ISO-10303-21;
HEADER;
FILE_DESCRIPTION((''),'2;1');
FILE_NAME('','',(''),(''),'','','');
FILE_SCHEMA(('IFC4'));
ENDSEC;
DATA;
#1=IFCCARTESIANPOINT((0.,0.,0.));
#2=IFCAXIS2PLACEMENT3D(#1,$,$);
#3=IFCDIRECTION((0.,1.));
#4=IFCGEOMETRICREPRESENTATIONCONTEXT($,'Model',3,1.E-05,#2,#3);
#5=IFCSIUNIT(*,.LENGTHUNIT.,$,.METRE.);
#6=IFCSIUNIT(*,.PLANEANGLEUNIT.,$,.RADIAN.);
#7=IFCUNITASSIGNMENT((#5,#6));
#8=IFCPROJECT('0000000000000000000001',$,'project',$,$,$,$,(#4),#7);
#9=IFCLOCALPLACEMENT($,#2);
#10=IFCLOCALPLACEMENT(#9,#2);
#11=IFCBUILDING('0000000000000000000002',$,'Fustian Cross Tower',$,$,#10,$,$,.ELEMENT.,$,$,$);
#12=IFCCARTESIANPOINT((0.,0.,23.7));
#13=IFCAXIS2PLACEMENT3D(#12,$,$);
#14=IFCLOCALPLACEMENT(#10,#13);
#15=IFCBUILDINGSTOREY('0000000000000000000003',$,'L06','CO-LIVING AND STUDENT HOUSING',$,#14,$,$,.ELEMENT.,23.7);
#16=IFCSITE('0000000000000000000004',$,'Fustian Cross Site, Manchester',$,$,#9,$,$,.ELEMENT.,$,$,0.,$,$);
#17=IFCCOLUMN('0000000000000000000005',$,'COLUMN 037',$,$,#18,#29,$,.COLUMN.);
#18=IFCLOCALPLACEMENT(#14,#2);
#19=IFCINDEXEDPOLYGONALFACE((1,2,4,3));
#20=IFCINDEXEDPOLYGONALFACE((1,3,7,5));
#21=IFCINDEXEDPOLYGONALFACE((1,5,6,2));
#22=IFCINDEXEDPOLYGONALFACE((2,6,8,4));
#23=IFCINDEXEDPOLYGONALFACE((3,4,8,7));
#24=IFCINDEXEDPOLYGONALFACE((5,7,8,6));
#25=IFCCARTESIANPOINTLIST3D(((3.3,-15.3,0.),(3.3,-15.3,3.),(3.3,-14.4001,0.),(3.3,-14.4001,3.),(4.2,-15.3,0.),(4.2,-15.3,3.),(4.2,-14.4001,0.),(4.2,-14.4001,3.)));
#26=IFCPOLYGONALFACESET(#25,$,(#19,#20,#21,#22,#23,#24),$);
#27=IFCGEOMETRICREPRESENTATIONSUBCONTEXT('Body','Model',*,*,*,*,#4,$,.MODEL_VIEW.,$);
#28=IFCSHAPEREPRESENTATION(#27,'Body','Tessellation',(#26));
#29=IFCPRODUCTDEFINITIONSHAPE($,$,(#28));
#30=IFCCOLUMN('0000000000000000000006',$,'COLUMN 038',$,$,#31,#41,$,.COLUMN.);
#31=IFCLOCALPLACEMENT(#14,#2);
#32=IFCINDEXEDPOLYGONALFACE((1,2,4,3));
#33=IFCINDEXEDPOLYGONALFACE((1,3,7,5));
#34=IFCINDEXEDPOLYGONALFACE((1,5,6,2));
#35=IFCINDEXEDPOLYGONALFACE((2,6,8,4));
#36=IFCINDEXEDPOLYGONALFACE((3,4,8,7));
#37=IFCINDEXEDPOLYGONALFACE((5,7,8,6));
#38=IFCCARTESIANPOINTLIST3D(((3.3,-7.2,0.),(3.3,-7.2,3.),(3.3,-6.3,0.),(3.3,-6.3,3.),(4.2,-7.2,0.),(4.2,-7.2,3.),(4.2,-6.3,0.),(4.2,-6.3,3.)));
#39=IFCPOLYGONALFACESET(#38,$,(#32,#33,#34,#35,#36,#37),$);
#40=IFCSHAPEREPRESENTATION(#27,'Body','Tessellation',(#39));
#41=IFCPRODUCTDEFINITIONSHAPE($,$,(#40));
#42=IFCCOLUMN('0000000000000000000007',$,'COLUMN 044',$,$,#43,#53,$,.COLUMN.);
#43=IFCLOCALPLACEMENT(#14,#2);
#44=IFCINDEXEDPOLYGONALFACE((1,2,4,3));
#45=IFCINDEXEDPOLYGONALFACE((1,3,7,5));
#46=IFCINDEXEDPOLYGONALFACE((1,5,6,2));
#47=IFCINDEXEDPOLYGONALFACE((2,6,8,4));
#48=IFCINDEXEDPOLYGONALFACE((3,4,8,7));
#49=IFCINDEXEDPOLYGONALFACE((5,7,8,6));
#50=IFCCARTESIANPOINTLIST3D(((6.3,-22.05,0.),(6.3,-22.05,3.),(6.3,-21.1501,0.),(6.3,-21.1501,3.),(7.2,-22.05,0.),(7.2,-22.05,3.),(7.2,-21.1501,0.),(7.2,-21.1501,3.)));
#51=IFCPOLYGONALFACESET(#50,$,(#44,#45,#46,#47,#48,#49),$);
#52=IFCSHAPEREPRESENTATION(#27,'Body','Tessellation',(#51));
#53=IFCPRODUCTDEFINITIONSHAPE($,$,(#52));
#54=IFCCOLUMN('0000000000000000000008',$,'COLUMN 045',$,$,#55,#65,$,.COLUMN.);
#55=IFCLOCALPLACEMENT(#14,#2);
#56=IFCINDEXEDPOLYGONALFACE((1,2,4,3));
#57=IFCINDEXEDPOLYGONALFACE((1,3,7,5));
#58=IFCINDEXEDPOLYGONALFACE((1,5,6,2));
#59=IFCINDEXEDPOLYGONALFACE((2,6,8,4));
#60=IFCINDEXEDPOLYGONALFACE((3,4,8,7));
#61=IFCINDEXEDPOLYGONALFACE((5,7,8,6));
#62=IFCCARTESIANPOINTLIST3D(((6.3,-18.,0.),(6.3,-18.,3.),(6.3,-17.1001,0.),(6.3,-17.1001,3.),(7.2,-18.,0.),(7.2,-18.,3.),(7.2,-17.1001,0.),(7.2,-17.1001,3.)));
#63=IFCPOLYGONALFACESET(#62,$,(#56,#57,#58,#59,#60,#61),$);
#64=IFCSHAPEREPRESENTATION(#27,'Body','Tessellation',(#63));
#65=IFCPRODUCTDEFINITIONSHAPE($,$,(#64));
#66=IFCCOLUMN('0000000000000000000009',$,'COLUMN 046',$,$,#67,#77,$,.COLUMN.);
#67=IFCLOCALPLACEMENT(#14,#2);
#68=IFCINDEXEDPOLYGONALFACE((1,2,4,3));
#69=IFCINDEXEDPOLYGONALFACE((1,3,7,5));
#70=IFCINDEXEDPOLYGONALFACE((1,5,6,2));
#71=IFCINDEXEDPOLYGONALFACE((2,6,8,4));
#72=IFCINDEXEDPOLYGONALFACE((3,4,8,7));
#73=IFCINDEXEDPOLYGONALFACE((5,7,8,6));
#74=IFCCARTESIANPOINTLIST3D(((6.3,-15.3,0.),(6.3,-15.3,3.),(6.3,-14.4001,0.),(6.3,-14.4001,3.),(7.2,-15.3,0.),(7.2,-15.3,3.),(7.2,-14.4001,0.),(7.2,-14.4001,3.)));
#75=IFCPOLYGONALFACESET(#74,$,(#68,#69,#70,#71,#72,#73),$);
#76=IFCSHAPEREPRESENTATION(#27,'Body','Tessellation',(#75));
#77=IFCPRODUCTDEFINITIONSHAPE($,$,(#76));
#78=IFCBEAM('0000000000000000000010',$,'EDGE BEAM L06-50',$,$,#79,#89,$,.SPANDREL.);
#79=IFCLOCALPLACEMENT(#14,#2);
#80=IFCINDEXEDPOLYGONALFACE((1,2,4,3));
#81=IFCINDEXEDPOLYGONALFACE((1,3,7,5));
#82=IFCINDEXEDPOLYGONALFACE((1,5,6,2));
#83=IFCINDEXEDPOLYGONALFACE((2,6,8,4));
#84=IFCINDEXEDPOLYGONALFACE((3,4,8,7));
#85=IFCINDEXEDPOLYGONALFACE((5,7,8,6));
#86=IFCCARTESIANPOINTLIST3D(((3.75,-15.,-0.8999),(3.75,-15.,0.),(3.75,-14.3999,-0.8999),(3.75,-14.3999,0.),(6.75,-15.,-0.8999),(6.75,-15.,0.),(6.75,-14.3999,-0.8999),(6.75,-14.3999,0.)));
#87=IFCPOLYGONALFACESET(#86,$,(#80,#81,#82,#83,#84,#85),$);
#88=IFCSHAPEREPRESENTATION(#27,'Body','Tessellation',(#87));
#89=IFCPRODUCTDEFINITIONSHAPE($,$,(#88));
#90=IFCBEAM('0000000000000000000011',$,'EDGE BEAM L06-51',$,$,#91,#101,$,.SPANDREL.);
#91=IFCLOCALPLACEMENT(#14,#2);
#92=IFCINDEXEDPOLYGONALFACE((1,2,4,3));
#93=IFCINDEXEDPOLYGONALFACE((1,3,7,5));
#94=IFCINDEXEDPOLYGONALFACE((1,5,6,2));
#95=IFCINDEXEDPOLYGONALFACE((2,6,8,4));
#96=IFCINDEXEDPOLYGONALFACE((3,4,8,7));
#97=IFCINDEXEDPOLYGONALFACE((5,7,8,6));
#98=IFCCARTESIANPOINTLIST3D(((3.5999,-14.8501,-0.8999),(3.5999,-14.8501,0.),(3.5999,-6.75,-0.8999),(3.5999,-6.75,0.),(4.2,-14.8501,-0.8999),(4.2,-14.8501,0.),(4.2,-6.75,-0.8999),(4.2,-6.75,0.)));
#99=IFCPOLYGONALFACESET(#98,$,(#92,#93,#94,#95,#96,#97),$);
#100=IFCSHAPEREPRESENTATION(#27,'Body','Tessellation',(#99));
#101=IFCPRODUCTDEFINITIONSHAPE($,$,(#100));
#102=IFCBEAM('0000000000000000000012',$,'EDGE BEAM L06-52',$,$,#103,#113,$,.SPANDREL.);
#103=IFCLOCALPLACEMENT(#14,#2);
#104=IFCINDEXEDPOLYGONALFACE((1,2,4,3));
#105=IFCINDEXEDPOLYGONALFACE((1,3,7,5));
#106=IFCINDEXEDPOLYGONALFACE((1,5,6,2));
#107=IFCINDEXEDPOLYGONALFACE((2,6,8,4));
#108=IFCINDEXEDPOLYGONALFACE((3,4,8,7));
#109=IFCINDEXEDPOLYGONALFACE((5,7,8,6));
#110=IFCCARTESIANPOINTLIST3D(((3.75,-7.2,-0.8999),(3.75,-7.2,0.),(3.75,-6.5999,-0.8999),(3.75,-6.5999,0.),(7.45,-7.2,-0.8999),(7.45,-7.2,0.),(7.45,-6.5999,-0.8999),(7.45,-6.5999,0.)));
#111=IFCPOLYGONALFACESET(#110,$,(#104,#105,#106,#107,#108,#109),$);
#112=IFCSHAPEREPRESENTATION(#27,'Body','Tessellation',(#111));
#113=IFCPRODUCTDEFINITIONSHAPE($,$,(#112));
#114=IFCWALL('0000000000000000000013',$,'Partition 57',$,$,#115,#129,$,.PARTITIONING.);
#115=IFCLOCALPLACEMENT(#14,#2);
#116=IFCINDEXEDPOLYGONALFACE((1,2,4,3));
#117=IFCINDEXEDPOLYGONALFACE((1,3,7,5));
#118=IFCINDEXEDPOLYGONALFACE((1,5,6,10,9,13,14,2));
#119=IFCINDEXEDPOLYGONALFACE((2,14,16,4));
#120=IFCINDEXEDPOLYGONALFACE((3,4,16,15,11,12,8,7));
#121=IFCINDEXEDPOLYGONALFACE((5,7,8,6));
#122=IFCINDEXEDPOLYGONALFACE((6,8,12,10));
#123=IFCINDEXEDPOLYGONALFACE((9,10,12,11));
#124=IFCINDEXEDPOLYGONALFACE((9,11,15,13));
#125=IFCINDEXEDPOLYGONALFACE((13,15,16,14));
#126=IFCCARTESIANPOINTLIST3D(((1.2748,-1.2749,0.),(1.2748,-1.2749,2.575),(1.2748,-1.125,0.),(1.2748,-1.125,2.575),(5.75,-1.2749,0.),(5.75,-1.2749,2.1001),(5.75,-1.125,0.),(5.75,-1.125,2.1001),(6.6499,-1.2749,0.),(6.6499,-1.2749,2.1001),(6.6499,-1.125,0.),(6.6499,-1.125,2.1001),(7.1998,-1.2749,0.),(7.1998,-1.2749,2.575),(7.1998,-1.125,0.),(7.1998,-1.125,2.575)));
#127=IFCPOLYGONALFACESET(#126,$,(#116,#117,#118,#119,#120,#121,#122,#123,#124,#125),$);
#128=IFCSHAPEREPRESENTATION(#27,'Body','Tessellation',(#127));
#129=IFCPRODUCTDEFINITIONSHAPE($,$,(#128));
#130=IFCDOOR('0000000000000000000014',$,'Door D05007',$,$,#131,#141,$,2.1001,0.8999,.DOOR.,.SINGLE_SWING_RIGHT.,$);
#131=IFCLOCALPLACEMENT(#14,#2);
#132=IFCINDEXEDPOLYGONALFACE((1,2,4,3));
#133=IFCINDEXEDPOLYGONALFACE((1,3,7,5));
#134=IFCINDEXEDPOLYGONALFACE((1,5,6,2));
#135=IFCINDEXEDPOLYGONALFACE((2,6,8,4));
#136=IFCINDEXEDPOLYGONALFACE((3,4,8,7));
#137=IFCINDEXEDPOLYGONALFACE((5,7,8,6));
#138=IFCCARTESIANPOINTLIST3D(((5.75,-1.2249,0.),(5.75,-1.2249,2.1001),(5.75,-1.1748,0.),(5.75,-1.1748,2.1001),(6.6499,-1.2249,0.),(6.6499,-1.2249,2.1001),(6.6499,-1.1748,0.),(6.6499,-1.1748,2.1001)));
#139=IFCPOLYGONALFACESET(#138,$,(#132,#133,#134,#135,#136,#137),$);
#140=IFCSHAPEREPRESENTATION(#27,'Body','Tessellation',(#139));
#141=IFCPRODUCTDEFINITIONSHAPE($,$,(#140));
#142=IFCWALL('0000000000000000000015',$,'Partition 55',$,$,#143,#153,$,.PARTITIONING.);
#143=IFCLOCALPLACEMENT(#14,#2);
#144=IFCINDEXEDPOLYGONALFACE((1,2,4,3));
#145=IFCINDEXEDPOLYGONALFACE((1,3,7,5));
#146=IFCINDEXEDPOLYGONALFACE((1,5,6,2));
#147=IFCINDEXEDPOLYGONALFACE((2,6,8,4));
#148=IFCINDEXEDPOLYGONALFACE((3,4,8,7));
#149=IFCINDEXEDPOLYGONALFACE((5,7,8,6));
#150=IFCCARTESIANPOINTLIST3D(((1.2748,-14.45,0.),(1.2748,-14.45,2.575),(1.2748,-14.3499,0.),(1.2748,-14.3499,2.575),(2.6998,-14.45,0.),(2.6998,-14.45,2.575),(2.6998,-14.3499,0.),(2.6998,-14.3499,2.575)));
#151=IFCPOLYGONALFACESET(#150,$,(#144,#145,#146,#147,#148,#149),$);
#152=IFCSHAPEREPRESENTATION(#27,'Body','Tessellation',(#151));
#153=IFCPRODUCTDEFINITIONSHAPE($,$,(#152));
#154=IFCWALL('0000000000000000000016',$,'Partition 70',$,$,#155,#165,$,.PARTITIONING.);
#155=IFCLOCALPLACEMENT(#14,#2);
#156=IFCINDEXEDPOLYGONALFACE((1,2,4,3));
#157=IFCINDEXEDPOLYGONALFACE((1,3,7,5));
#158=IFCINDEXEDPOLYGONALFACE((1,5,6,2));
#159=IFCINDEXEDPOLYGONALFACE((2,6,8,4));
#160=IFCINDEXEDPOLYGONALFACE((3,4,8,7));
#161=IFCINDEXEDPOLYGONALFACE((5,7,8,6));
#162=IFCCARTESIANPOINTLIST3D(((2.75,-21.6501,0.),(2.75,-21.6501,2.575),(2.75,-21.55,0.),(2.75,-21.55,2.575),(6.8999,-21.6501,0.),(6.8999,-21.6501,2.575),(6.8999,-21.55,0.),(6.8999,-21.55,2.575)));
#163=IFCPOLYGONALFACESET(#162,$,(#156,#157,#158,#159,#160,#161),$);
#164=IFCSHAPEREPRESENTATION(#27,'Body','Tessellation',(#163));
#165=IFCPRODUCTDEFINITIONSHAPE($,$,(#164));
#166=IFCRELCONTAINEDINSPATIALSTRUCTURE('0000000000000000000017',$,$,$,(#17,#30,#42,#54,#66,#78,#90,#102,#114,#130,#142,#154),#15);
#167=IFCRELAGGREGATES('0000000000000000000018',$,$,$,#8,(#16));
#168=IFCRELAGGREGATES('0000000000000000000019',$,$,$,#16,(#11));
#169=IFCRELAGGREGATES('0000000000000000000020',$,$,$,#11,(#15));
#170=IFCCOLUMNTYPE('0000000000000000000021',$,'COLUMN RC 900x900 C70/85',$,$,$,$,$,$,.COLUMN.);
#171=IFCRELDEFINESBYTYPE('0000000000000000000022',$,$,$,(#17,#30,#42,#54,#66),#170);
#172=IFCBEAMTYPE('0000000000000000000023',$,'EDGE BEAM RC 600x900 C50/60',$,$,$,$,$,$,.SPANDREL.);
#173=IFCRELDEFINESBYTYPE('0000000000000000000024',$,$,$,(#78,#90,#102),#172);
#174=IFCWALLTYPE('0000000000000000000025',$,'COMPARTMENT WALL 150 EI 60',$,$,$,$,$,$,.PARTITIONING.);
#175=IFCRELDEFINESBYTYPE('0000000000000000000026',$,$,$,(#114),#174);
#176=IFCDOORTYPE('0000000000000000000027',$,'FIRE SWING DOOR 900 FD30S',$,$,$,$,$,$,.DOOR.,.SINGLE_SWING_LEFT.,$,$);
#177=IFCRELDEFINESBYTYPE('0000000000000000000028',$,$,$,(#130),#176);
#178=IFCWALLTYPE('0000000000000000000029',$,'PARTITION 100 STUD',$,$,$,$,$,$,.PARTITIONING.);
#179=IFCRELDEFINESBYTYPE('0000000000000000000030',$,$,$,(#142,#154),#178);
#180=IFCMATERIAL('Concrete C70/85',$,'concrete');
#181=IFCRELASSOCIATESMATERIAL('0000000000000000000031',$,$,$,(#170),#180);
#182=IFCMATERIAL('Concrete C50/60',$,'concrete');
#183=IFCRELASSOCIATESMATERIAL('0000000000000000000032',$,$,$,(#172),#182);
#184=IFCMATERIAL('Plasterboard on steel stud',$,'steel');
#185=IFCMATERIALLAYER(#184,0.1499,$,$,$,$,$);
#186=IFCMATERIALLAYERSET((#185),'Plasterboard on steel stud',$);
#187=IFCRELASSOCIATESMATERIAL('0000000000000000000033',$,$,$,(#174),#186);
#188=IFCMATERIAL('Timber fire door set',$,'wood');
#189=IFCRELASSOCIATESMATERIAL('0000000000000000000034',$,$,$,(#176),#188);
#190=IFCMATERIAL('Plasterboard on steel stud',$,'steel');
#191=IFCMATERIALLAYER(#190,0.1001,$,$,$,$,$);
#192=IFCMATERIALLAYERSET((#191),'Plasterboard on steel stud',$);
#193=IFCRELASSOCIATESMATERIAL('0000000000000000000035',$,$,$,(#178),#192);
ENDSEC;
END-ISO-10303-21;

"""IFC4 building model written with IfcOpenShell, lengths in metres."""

from ifc_helpers import new_model, si_unit, direction, frame, frame_2d, origin, origin_2d, place, context, subcontext, project, spatial, rectangle, extrude, material, layer, layer_set, material_profile, profile_set, type_object, element, fill, save


model = new_model("IFC4")

# Units and contexts
model_context = context("Model", 3, precision=1e-05, world=origin(), true_north=direction((0.0, 1.0)))
body_context = subcontext(model_context, "Body", "Model", "MODEL_VIEW")
ifc_project = project(units=[si_unit("LENGTHUNIT", "METRE"), si_unit("PLANEANGLEUNIT", "RADIAN")], contexts=[model_context])

# Site, building, storey
site_placement = place(None, origin())
site = spatial("IfcSite", under=ifc_project, at=site_placement, Name="Fustian Cross Site, Manchester", CompositionType="ELEMENT", RefElevation=0.0)
building_placement = place(site_placement, origin())
building = spatial("IfcBuilding", under=site, at=building_placement, Name="Fustian Cross Tower", CompositionType="ELEMENT")
storey_placement = place(building_placement, frame((0.0, 0.0, 23.7)))
storey = spatial("IfcBuildingStorey", under=building, at=storey_placement, Name="L06", Description="CO-LIVING AND STUDENT HOUSING", CompositionType="ELEMENT", Elevation=23.7)

# Columns
ifc_material_1 = material(Name="Concrete C70/85", Category="concrete")
ifc_material_profile_1 = material_profile(ifc_material_1, rectangle(XDim=0.8999, YDim=0.8999, at=origin_2d()), Name="RC 900x900")
ifc_profile_set_1 = profile_set([ifc_material_profile_1], Name="Concrete C70/85")
column_type = type_object("IfcColumnType", Name="COLUMN RC 900x900 C70/85", PredefinedType="COLUMN", material=ifc_profile_set_1)
for number, where, z_axis, x_axis, name in (
    (1, (3.75, -14.8501, 0.0), (0.0, 0.0, 1.0), (1.0, 0.0, 0.0), "COLUMN 037"),
    (2, (3.75, -6.75, 0.0), (0.0, 0.0, 1.0), (1.0, 0.0, 0.0), "COLUMN 038"),
    (3, (6.75, -21.6001, 0.0), (0.0, 0.0, 1.0), (1.0, 0.0, 0.0), "COLUMN 044"),
    (4, (6.75, -17.55, 0.0), (0.0, 0.0, 1.0), (1.0, 0.0, 0.0), "COLUMN 045"),
    (5, (6.75, -14.8501, 0.0), (0.0, 0.0, 1.0), (1.0, 0.0, 0.0), "COLUMN 046"),
):
    element("IfcColumn", number, at=place(storey_placement, frame(where, z_axis=z_axis, x_axis=x_axis)), inside=storey, type_object=column_type, Name=name, PredefinedType="COLUMN", context=body_context, shape_type="SweptSolid", body=[
        extrude(rectangle(XDim=0.8999, YDim=0.8999, at=origin_2d()), origin(), (0.0, 0.0, 1.0), 3.0),
    ])

# Beams
ifc_material_2 = material(Name="Concrete C50/60", Category="concrete")
ifc_material_profile_2 = material_profile(ifc_material_2, rectangle(XDim=0.6001, YDim=0.8999, at=origin_2d()), Name="RC 600x900")
ifc_profile_set_2 = profile_set([ifc_material_profile_2], Name="Concrete C50/60")
beam_type = type_object("IfcBeamType", Name="EDGE BEAM RC 600x900 C50/60", PredefinedType="SPANDREL", material=ifc_profile_set_2)
beam_1_placement = place(storey_placement, frame((6.75, -14.7, -0.45), z_axis=(-1.0, 0.0, 0.0), x_axis=(0.0, -1.0, 0.0)))
element("IfcBeam", 6, at=beam_1_placement, inside=storey, type_object=beam_type, Name="EDGE BEAM L06-50", PredefinedType="SPANDREL", context=body_context, shape_type="SweptSolid", body=[
    extrude(rectangle(XDim=0.6001, YDim=0.8999, at=origin_2d()), origin(), (0.0, 0.0, 1.0), 3.0),
])
beam_2_placement = place(storey_placement, frame((3.8999, -14.8501, -0.45), z_axis=(0.0, 1.0, 0.0), x_axis=(-1.0, 0.0, 0.0)))
element("IfcBeam", 7, at=beam_2_placement, inside=storey, type_object=beam_type, Name="EDGE BEAM L06-51", PredefinedType="SPANDREL", context=body_context, shape_type="SweptSolid", body=[
    extrude(rectangle(XDim=0.6001, YDim=0.8999, at=origin_2d()), origin(), (0.0, 0.0, 1.0), 8.1001),
])
beam_3_placement = place(storey_placement, frame((3.75, -6.8999, -0.45), z_axis=(1.0, 0.0, 0.0), x_axis=(0.0, 1.0, 0.0)))
element("IfcBeam", 8, at=beam_3_placement, inside=storey, type_object=beam_type, Name="EDGE BEAM L06-52", PredefinedType="SPANDREL", context=body_context, shape_type="SweptSolid", body=[
    extrude(rectangle(XDim=0.6001, YDim=0.8999, at=origin_2d()), origin(), (0.0, 0.0, 1.0), 3.7),
])

# Wall, opening, door
ifc_material_3 = material(Name="Plasterboard on steel stud", Category="steel")
ifc_layer_1 = layer(ifc_material_3, 0.1499)
ifc_layer_set_1 = layer_set([ifc_layer_1], Name="Plasterboard on steel stud")
wall_type_1 = type_object("IfcWallType", Name="COMPARTMENT WALL 150 EI 60", PredefinedType="PARTITIONING", material=ifc_layer_set_1)
wall_1_placement = place(storey_placement, frame((1.2749, -1.2, 0.0), z_axis=(0.0, 0.0, 1.0), x_axis=(1.0, 0.0, 0.0)))
wall_1 = element("IfcWall", 9, at=wall_1_placement, inside=storey, type_object=wall_type_1, Name="Partition 57", PredefinedType="PARTITIONING", context=body_context, shape_type="SweptSolid", body=[
    extrude(rectangle(XDim=5.925, YDim=0.1499, at=frame_2d((2.9624, 0.0))), origin(), (0.0, 0.0, 1.0), 2.575),
])
opening_1_placement = place(wall_1_placement, frame((4.4751, 0.0, 0.0)))
opening_1 = element("IfcOpeningElement", 10, at=opening_1_placement, cuts=wall_1, PredefinedType="OPENING", context=body_context, shape_type="SweptSolid", body=[
    extrude(rectangle(XDim=0.8999, YDim=2.1001, at=frame_2d((0.45, 1.05))), frame((0.0, 0.085, 0.0), z_axis=(0.0, -1.0, 0.0), x_axis=(1.0, 0.0, 0.0)), (0.0, 0.0, 1.0), 0.1699),
])
ifc_material_4 = material(Name="Timber fire door set", Category="wood")
door_type_1 = type_object("IfcDoorType", Name="FIRE SWING DOOR 900 FD30S", OperationType="SINGLE_SWING_LEFT", PredefinedType="DOOR", material=ifc_material_4)
door_1_placement = place(opening_1_placement, frame((0.8999, 0.0, 0.0), z_axis=(0.0, 0.0, 1.0), x_axis=(-1.0, 0.0, 0.0)))
door_1 = element("IfcDoor", 11, at=door_1_placement, inside=storey, type_object=door_type_1, Name="Door D05007", OperationType="SINGLE_SWING_RIGHT", OverallHeight=2.1001, OverallWidth=0.8999, PredefinedType="DOOR", context=body_context, shape_type="SweptSolid", body=[
    extrude(rectangle(XDim=0.8999, YDim=2.1001, at=frame_2d((0.45, 1.05))), frame((0.0, 0.0249, 0.0), z_axis=(0.0, -1.0, 0.0), x_axis=(1.0, 0.0, 0.0)), (0.0, 0.0, 1.0), 0.05),
])
fill(opening_1, door_1)

# Walls
ifc_material_5 = material(Name="Plasterboard on steel stud", Category="steel")
ifc_layer_2 = layer(ifc_material_5, 0.1001)
ifc_layer_set_2 = layer_set([ifc_layer_2], Name="Plasterboard on steel stud")
wall_type_2 = type_object("IfcWallType", Name="PARTITION 100 STUD", PredefinedType="PARTITIONING", material=ifc_layer_set_2)
wall_2_placement = place(storey_placement, frame((1.2749, -14.3999, 0.0), z_axis=(0.0, 0.0, 1.0), x_axis=(1.0, 0.0, 0.0)))
element("IfcWall", 12, at=wall_2_placement, inside=storey, type_object=wall_type_2, Name="Partition 55", PredefinedType="PARTITIONING", context=body_context, shape_type="SweptSolid", body=[
    extrude(rectangle(XDim=1.425, YDim=0.1001, at=frame_2d((0.7124, 0.0))), origin(), (0.0, 0.0, 1.0), 2.575),
])
wall_3_placement = place(storey_placement, frame((2.75, -21.6001, 0.0), z_axis=(0.0, 0.0, 1.0), x_axis=(1.0, 0.0, 0.0)))
element("IfcWall", 13, at=wall_3_placement, inside=storey, type_object=wall_type_2, Name="Partition 70", PredefinedType="PARTITIONING", context=body_context, shape_type="SweptSolid", body=[
    extrude(rectangle(XDim=4.1499, YDim=0.1001, at=frame_2d((2.075, 0.0))), origin(), (0.0, 0.0, 1.0), 2.575),
])

save(model, "model.ifc")
